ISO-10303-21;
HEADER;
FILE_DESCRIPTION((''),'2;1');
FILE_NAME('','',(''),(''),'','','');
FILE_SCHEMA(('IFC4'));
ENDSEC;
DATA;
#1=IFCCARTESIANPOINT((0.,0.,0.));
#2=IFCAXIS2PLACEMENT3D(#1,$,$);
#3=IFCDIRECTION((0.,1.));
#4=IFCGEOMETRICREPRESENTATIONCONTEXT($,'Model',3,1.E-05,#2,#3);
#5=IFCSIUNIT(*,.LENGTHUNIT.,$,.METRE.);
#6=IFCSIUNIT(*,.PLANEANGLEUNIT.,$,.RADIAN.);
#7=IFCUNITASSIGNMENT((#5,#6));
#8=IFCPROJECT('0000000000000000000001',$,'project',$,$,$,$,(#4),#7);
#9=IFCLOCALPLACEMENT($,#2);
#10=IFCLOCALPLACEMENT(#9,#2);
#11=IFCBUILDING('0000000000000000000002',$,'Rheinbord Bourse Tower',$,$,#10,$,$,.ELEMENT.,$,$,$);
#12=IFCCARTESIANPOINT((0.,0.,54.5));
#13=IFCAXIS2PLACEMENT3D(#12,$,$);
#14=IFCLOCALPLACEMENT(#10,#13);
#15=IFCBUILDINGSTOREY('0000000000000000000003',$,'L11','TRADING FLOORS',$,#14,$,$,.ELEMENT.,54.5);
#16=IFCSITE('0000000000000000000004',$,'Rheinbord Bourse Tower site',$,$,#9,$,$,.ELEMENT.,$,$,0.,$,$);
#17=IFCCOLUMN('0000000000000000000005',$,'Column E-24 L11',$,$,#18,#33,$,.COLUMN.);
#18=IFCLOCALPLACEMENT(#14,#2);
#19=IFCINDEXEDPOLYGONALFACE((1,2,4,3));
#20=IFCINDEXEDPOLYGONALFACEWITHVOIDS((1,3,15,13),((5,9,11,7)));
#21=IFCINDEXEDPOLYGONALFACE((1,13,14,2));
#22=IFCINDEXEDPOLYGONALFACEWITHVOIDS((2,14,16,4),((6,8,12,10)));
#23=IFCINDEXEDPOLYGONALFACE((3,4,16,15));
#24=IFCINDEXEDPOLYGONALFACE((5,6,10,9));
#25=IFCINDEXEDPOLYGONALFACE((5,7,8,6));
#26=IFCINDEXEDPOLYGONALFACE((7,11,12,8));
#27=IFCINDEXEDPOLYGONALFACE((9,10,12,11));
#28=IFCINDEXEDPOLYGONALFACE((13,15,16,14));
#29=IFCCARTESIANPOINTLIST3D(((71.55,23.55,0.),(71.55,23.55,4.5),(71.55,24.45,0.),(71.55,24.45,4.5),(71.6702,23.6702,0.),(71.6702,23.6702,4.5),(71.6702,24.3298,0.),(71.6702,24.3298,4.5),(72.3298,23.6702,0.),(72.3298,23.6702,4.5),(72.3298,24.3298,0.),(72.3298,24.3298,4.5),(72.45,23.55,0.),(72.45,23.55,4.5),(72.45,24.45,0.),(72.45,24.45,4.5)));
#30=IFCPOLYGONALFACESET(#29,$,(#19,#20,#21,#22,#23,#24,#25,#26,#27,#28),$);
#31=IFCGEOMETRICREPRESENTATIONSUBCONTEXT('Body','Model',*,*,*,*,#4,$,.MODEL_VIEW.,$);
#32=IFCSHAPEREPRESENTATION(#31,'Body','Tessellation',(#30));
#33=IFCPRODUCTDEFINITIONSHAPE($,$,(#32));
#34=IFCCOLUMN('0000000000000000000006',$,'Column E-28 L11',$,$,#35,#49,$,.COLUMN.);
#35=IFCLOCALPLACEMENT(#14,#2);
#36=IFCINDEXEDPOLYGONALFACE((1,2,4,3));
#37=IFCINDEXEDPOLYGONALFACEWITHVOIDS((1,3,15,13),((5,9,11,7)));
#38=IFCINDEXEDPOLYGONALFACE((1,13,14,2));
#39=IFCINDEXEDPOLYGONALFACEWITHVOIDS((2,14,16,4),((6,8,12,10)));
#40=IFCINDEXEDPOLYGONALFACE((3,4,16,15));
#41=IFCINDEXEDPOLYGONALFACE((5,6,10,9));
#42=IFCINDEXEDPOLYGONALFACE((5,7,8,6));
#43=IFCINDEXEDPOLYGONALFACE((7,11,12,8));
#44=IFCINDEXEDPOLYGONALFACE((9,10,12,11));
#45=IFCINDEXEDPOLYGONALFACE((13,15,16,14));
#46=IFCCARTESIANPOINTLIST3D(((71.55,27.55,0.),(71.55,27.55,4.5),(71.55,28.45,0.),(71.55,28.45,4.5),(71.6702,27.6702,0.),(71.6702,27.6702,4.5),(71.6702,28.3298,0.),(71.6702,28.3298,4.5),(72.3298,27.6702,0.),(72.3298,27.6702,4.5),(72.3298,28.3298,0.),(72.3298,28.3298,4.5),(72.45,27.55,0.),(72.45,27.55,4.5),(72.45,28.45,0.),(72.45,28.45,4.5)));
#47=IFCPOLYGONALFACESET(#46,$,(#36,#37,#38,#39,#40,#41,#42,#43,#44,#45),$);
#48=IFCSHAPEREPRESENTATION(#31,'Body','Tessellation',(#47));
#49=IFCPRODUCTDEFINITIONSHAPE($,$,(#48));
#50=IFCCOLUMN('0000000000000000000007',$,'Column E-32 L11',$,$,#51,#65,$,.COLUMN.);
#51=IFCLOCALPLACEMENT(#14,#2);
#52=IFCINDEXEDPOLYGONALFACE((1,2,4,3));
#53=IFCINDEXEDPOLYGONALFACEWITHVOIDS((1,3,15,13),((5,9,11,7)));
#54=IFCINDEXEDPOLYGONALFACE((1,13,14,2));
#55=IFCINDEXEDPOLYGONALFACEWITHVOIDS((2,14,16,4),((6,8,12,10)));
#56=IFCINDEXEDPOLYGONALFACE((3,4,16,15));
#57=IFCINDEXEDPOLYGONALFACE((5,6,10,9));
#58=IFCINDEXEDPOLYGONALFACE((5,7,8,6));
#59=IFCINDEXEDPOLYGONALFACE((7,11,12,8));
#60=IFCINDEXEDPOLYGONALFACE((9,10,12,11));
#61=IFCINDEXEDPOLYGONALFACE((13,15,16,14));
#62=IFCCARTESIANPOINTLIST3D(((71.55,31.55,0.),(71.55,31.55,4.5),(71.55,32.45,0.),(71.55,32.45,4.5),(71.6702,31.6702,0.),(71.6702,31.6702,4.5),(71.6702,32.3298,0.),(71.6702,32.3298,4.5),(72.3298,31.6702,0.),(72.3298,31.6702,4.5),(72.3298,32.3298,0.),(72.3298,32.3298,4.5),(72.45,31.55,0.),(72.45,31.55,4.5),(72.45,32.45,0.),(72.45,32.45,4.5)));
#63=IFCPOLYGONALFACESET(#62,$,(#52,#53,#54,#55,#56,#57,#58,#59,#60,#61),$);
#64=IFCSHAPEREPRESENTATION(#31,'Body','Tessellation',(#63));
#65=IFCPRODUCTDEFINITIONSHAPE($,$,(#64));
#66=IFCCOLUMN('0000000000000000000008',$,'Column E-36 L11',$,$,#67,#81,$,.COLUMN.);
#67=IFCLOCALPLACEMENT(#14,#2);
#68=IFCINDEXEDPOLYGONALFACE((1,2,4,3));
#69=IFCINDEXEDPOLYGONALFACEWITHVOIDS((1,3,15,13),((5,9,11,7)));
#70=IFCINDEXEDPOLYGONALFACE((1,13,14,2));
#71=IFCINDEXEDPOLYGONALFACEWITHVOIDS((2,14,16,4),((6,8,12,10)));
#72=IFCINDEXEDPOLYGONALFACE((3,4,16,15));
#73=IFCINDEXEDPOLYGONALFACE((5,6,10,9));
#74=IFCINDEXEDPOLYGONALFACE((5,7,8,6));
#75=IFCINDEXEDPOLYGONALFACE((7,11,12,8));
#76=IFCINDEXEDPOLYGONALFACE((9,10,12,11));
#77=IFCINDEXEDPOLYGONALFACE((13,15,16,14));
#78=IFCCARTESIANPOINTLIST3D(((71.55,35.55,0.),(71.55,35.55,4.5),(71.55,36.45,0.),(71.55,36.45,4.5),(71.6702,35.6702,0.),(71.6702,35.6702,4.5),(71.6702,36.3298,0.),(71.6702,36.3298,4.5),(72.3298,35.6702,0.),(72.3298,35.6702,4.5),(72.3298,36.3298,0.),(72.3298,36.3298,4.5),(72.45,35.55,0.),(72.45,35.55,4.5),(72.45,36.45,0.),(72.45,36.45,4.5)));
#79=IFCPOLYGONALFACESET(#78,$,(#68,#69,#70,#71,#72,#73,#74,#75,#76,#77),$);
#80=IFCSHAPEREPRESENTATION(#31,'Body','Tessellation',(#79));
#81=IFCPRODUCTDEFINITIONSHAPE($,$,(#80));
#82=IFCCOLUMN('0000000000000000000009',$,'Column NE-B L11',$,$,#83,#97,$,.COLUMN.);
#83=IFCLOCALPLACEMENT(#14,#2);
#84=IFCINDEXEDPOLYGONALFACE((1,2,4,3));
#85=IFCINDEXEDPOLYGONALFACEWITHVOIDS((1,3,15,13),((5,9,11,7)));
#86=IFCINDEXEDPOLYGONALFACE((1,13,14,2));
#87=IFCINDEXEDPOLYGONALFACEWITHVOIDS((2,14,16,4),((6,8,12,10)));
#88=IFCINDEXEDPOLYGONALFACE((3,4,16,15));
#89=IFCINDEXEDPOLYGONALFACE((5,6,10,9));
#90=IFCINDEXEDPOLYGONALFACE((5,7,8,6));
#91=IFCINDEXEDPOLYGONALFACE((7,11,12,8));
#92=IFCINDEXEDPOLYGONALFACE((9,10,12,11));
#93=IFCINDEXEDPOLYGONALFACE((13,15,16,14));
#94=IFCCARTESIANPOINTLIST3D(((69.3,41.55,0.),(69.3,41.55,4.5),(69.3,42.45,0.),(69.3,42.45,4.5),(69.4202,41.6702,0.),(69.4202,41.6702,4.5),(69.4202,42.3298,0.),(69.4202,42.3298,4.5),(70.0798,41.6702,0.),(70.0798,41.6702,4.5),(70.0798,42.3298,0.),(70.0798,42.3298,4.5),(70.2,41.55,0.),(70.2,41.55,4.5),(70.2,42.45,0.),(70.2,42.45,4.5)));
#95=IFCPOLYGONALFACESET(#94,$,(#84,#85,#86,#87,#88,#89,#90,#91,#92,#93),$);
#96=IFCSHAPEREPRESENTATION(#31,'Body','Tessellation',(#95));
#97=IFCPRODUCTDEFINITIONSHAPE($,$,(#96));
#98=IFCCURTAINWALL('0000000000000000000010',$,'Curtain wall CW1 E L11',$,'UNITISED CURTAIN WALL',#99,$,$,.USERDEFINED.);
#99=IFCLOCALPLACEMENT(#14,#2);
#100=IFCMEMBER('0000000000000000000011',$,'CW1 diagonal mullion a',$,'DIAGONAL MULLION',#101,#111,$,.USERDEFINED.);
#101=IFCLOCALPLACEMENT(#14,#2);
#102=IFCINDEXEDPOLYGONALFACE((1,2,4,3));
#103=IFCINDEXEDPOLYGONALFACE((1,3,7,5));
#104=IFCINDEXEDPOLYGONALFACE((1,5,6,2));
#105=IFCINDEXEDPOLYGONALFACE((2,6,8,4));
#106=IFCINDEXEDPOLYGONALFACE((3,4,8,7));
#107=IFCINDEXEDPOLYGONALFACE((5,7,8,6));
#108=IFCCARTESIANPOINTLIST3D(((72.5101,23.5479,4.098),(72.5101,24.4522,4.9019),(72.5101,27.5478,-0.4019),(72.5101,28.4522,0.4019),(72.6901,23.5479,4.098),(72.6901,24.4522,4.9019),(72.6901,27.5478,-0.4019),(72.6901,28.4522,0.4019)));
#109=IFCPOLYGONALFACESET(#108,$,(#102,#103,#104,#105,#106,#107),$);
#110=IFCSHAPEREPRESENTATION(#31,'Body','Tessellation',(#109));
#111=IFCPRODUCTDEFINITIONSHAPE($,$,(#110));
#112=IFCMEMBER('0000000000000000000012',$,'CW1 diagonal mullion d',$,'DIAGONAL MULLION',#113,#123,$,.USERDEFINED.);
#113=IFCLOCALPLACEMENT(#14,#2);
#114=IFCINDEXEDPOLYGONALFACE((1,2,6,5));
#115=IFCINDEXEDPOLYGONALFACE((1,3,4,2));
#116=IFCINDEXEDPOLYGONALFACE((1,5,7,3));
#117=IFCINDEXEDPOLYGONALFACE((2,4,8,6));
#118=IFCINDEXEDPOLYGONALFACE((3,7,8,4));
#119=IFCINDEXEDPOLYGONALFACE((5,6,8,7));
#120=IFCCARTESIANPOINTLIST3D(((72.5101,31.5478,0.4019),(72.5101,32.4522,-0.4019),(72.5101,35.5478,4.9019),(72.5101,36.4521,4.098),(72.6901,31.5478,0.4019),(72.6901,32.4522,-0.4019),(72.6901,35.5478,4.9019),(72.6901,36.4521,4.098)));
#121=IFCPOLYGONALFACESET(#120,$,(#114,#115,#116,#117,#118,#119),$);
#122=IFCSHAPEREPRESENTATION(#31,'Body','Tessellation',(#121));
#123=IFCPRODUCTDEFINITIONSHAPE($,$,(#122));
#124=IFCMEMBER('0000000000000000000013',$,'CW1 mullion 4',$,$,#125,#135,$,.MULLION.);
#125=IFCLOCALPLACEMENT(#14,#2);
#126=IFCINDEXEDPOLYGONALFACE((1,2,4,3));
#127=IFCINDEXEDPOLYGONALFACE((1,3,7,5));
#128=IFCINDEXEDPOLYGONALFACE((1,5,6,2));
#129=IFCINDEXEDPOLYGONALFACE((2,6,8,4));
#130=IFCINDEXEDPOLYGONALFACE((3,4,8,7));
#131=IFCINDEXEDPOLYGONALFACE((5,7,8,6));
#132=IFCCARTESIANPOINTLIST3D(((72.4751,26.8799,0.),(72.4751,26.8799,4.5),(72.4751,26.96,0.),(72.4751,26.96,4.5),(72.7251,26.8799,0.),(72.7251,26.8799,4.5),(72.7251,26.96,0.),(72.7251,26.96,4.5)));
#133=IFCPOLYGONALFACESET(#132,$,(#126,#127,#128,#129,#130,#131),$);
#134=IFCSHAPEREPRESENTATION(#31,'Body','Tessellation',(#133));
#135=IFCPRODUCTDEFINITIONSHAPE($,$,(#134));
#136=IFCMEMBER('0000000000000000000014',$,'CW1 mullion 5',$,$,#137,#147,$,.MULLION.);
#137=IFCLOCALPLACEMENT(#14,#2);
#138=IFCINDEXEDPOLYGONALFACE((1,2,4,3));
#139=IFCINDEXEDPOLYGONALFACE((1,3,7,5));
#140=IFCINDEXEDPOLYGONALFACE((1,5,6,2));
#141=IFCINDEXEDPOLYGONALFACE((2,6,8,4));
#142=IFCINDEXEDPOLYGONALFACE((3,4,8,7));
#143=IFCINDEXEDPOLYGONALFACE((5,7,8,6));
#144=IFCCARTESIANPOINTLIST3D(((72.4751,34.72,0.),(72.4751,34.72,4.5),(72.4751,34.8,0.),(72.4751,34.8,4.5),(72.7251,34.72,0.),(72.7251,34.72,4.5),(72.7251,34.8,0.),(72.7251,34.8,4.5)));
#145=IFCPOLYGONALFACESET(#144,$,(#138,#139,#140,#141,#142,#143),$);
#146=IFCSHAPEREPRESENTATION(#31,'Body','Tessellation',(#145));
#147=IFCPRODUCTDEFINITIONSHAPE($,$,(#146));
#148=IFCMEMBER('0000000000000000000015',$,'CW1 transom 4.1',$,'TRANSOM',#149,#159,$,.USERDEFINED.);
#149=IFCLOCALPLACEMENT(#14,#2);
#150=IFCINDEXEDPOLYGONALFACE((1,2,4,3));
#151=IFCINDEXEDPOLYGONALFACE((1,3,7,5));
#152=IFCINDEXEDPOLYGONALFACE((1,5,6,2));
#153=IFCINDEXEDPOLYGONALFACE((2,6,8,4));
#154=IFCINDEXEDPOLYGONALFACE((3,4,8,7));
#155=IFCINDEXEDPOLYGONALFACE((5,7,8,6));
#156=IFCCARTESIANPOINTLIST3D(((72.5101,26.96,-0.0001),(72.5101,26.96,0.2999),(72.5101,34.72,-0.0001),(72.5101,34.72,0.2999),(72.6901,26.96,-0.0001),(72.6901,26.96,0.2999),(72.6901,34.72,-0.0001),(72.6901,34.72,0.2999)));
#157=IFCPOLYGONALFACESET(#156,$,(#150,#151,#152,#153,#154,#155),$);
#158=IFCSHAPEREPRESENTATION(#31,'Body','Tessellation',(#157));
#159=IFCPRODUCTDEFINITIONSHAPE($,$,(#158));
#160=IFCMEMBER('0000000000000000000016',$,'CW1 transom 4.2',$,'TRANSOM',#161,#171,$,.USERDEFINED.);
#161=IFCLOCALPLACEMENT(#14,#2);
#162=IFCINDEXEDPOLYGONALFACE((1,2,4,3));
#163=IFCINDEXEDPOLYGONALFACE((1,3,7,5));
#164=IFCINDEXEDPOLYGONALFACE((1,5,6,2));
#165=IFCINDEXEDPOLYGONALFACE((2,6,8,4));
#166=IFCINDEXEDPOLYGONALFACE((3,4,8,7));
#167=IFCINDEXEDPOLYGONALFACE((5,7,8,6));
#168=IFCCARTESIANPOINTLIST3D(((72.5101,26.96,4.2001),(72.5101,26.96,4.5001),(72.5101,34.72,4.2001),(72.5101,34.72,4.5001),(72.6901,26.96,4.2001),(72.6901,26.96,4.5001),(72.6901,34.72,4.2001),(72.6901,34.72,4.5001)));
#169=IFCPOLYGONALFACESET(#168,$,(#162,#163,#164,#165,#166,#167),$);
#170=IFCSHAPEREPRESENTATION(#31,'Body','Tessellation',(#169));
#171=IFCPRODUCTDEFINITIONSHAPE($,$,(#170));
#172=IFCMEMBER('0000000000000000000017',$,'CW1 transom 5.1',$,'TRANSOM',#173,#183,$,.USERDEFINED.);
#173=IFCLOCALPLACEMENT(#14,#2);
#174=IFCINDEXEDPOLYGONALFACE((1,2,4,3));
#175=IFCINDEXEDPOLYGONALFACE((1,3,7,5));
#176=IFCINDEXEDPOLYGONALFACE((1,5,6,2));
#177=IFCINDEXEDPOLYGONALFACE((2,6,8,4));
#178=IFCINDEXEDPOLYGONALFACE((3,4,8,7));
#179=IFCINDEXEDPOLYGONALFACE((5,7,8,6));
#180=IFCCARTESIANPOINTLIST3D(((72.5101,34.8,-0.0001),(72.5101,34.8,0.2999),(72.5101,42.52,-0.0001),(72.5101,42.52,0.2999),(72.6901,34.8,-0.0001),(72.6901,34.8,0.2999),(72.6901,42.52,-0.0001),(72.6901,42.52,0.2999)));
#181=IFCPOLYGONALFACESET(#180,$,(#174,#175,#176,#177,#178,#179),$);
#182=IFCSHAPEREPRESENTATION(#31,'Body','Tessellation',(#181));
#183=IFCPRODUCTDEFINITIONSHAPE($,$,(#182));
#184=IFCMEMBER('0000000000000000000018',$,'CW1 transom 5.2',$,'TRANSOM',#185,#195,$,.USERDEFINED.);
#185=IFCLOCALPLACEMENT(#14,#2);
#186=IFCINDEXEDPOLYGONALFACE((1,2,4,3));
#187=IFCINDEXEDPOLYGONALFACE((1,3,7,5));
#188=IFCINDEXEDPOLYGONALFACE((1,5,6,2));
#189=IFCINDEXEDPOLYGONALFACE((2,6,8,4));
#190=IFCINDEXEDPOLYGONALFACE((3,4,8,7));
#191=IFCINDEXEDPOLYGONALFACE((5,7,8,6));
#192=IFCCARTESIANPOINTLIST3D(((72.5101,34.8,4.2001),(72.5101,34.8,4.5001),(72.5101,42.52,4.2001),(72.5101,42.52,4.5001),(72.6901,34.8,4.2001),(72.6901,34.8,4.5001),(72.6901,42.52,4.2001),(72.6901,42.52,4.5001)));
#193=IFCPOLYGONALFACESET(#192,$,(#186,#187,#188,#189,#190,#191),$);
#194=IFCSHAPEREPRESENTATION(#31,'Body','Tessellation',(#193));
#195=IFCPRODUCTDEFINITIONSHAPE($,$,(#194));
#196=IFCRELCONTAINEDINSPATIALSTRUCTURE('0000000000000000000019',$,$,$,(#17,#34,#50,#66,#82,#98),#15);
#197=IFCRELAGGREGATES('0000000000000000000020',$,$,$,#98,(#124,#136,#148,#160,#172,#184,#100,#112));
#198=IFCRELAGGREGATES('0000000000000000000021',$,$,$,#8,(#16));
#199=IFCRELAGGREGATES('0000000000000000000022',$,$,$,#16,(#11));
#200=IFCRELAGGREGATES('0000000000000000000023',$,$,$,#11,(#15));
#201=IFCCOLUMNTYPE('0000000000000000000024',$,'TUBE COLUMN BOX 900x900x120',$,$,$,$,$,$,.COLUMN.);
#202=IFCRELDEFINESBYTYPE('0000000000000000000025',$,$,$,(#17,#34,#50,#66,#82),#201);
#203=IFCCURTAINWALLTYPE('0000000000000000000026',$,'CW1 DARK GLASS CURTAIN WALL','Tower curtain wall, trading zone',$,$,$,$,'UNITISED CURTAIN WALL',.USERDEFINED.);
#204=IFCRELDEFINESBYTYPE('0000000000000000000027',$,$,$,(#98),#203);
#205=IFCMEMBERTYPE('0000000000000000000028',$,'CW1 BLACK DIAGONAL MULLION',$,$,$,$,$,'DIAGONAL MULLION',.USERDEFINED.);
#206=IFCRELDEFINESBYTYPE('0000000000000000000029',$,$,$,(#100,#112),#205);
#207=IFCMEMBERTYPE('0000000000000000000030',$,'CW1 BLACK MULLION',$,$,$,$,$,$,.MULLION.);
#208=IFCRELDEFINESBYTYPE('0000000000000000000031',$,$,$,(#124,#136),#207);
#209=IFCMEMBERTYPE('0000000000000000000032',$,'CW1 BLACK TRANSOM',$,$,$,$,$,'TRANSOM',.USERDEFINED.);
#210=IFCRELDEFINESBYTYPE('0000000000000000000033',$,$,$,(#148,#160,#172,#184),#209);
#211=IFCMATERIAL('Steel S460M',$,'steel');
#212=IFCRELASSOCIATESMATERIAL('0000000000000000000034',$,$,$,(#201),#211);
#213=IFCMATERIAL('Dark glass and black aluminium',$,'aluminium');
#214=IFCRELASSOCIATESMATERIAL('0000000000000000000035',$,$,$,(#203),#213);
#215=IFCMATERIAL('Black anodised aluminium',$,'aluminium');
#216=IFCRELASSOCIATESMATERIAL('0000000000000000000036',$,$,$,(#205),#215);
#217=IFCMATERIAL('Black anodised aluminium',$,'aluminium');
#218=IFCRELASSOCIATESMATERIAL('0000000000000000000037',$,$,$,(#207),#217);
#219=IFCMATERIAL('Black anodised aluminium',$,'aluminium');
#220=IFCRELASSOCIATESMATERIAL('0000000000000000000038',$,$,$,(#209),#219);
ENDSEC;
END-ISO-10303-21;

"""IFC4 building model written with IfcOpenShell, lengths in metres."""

from ifc_helpers import new_model, si_unit, direction, frame, origin, origin_2d, place, context, subcontext, project, spatial, rectangle, hollow_rectangle, extrude, material, material_profile, profile_set, type_object, element, aggregate, save


model = new_model("IFC4")

# Units and contexts
model_context = context("Model", 3, precision=1e-05, world=origin(), true_north=direction((0.0, 1.0)))
body_context = subcontext(model_context, "Body", "Model", "MODEL_VIEW")
ifc_project = project(units=[si_unit("LENGTHUNIT", "METRE"), si_unit("PLANEANGLEUNIT", "RADIAN")], contexts=[model_context])

# Site, building, storey
site_placement = place(None, origin())
site = spatial("IfcSite", under=ifc_project, at=site_placement, Name="Rheinbord Bourse Tower site", CompositionType="ELEMENT", RefElevation=0.0)
building_placement = place(site_placement, origin())
building = spatial("IfcBuilding", under=site, at=building_placement, Name="Rheinbord Bourse Tower", CompositionType="ELEMENT")
storey_placement = place(building_placement, frame((0.0, 0.0, 54.5)))
storey = spatial("IfcBuildingStorey", under=building, at=storey_placement, Name="L11", Description="TRADING FLOORS", CompositionType="ELEMENT", Elevation=54.5)

# Columns
ifc_material_1 = material(Name="Steel S460M", Category="steel")
ifc_material_profile_1 = material_profile(ifc_material_1, hollow_rectangle(XDim=0.8999, YDim=0.8999, WallThickness=0.1201, at=origin_2d()), Name="BOX 900x900x120")
ifc_profile_set_1 = profile_set([ifc_material_profile_1], Name="Steel S460M")
column_type = type_object("IfcColumnType", Name="TUBE COLUMN BOX 900x900x120", PredefinedType="COLUMN", material=ifc_profile_set_1)
for number, where, z_axis, x_axis, name in (
    (1, (72.0, 24.0, 0.0), (0.0, 0.0, 1.0), (1.0, 0.0, 0.0), "Column E-24 L11"),
    (2, (72.0, 28.0, 0.0), (0.0, 0.0, 1.0), (1.0, 0.0, 0.0), "Column E-28 L11"),
    (3, (72.0, 32.0, 0.0), (0.0, 0.0, 1.0), (1.0, 0.0, 0.0), "Column E-32 L11"),
    (4, (72.0, 36.0, 0.0), (0.0, 0.0, 1.0), (1.0, 0.0, 0.0), "Column E-36 L11"),
    (5, (69.75, 42.0, 0.0), (0.0, 0.0, 1.0), (1.0, 0.0, 0.0), "Column NE-B L11"),
):
    element("IfcColumn", number, at=place(storey_placement, frame(where, z_axis=z_axis, x_axis=x_axis)), inside=storey, type_object=column_type, Name=name, PredefinedType="COLUMN", context=body_context, shape_type="SweptSolid", body=[
        extrude(hollow_rectangle(XDim=0.8999, YDim=0.8999, WallThickness=0.1201, at=origin_2d()), origin(), (0.0, 0.0, 1.0), 4.5),
    ])

# Curtain wall, members
ifc_material_2 = material(Name="Dark glass and black aluminium", Category="aluminium")
curtain_wall_type = type_object("IfcCurtainWallType", Name="CW1 DARK GLASS CURTAIN WALL", Description="Tower curtain wall, trading zone", ElementType="UNITISED CURTAIN WALL", PredefinedType="USERDEFINED", material=ifc_material_2)
curtain_wall_placement = place(storey_placement, origin())
curtain_wall = element("IfcCurtainWall", 6, at=curtain_wall_placement, inside=storey, type_object=curtain_wall_type, Name="Curtain wall CW1 E L11", ObjectType="UNITISED CURTAIN WALL", PredefinedType="USERDEFINED")
ifc_material_3 = material(Name="Black anodised aluminium", Category="aluminium")
ifc_material_profile_2 = material_profile(ifc_material_3, rectangle(XDim=0.1799, YDim=1.21, at=origin_2d()), Name="CW1 DIAGONAL MULLION 1210x180")
ifc_profile_set_2 = profile_set([ifc_material_profile_2], Name="Black anodised aluminium")
member_type_1 = type_object("IfcMemberType", Name="CW1 BLACK DIAGONAL MULLION", ElementType="DIAGONAL MULLION", PredefinedType="USERDEFINED", material=ifc_profile_set_2)
member_1_placement = place(storey_placement, frame((72.6001, 28.0, 0.0), z_axis=(0.0, -0.664364, 0.747409), x_axis=(1.0, 0.0, 0.0)))
member_1 = element("IfcMember", 7, at=member_1_placement, type_object=member_type_1, Name="CW1 diagonal mullion a", ObjectType="DIAGONAL MULLION", PredefinedType="USERDEFINED", context=body_context, shape_type="SweptSolid", body=[
    extrude(rectangle(XDim=0.1799, YDim=1.21, at=origin_2d()), origin(), (0.0, 0.0, 1.0), 6.0208),
])
member_2_placement = place(storey_placement, frame((72.6001, 32.0, 0.0), z_axis=(0.0, 0.664364, 0.747409), x_axis=(-1.0, 0.0, 0.0)))
member_2 = element("IfcMember", 8, at=member_2_placement, type_object=member_type_1, Name="CW1 diagonal mullion d", ObjectType="DIAGONAL MULLION", PredefinedType="USERDEFINED", context=body_context, shape_type="SweptSolid", body=[
    extrude(rectangle(XDim=0.1799, YDim=1.21, at=origin_2d()), origin(), (0.0, 0.0, 1.0), 6.0208),
])
ifc_material_4 = material(Name="Black anodised aluminium", Category="aluminium")
ifc_material_profile_3 = material_profile(ifc_material_4, rectangle(XDim=0.25, YDim=0.0801, at=origin_2d()), Name="CW1 MULLION 80x250")
ifc_profile_set_3 = profile_set([ifc_material_profile_3], Name="Black anodised aluminium")
member_type_2 = type_object("IfcMemberType", Name="CW1 BLACK MULLION", PredefinedType="MULLION", material=ifc_profile_set_3)
member_3_placement = place(storey_placement, frame((72.6001, 26.9199, 0.0), z_axis=(0.0, 0.0, 1.0), x_axis=(-1.0, 0.0, 0.0)))
member_3 = element("IfcMember", 9, at=member_3_placement, type_object=member_type_2, Name="CW1 mullion 4", PredefinedType="MULLION", context=body_context, shape_type="SweptSolid", body=[
    extrude(rectangle(XDim=0.25, YDim=0.0801, at=origin_2d()), origin(), (0.0, 0.0, 1.0), 4.5),
])
member_4_placement = place(storey_placement, frame((72.6001, 34.76, 0.0), z_axis=(0.0, 0.0, 1.0), x_axis=(-1.0, 0.0, 0.0)))
member_4 = element("IfcMember", 10, at=member_4_placement, type_object=member_type_2, Name="CW1 mullion 5", PredefinedType="MULLION", context=body_context, shape_type="SweptSolid", body=[
    extrude(rectangle(XDim=0.25, YDim=0.0801, at=origin_2d()), origin(), (0.0, 0.0, 1.0), 4.5),
])
ifc_material_5 = material(Name="Black anodised aluminium", Category="aluminium")
ifc_material_profile_4 = material_profile(ifc_material_5, rectangle(XDim=0.1799, YDim=0.3, at=origin_2d()), Name="CW1 TRANSOM 300x180")
ifc_profile_set_4 = profile_set([ifc_material_profile_4], Name="Black anodised aluminium")
member_type_3 = type_object("IfcMemberType", Name="CW1 BLACK TRANSOM", ElementType="TRANSOM", PredefinedType="USERDEFINED", material=ifc_profile_set_4)
member_5_placement = place(storey_placement, frame((72.6001, 26.96, 0.1499), z_axis=(0.0, 1.0, 0.0), x_axis=(-1.0, 0.0, 0.0)))
member_5 = element("IfcMember", 11, at=member_5_placement, type_object=member_type_3, Name="CW1 transom 4.1", ObjectType="TRANSOM", PredefinedType="USERDEFINED", context=body_context, shape_type="SweptSolid", body=[
    extrude(rectangle(XDim=0.1799, YDim=0.3, at=origin_2d()), origin(), (0.0, 0.0, 1.0), 7.76),
])
member_6_placement = place(storey_placement, frame((72.6001, 26.96, 4.3501), z_axis=(0.0, 1.0, 0.0), x_axis=(-1.0, 0.0, 0.0)))
member_6 = element("IfcMember", 12, at=member_6_placement, type_object=member_type_3, Name="CW1 transom 4.2", ObjectType="TRANSOM", PredefinedType="USERDEFINED", context=body_context, shape_type="SweptSolid", body=[
    extrude(rectangle(XDim=0.1799, YDim=0.3, at=origin_2d()), origin(), (0.0, 0.0, 1.0), 7.76),
])
member_7_placement = place(storey_placement, frame((72.6001, 34.8, 0.1499), z_axis=(0.0, 1.0, 0.0), x_axis=(-1.0, 0.0, 0.0)))
member_7 = element("IfcMember", 13, at=member_7_placement, type_object=member_type_3, Name="CW1 transom 5.1", ObjectType="TRANSOM", PredefinedType="USERDEFINED", context=body_context, shape_type="SweptSolid", body=[
    extrude(rectangle(XDim=0.1799, YDim=0.3, at=origin_2d()), origin(), (0.0, 0.0, 1.0), 7.72),
])
member_8_placement = place(storey_placement, frame((72.6001, 34.8, 4.3501), z_axis=(0.0, 1.0, 0.0), x_axis=(-1.0, 0.0, 0.0)))
member_8 = element("IfcMember", 14, at=member_8_placement, type_object=member_type_3, Name="CW1 transom 5.2", ObjectType="TRANSOM", PredefinedType="USERDEFINED", context=body_context, shape_type="SweptSolid", body=[
    extrude(rectangle(XDim=0.1799, YDim=0.3, at=origin_2d()), origin(), (0.0, 0.0, 1.0), 7.72),
])

aggregate(curtain_wall, [member_3, member_4, member_5, member_6, member_7, member_8, member_1, member_2])

save(model, "model.ifc")
